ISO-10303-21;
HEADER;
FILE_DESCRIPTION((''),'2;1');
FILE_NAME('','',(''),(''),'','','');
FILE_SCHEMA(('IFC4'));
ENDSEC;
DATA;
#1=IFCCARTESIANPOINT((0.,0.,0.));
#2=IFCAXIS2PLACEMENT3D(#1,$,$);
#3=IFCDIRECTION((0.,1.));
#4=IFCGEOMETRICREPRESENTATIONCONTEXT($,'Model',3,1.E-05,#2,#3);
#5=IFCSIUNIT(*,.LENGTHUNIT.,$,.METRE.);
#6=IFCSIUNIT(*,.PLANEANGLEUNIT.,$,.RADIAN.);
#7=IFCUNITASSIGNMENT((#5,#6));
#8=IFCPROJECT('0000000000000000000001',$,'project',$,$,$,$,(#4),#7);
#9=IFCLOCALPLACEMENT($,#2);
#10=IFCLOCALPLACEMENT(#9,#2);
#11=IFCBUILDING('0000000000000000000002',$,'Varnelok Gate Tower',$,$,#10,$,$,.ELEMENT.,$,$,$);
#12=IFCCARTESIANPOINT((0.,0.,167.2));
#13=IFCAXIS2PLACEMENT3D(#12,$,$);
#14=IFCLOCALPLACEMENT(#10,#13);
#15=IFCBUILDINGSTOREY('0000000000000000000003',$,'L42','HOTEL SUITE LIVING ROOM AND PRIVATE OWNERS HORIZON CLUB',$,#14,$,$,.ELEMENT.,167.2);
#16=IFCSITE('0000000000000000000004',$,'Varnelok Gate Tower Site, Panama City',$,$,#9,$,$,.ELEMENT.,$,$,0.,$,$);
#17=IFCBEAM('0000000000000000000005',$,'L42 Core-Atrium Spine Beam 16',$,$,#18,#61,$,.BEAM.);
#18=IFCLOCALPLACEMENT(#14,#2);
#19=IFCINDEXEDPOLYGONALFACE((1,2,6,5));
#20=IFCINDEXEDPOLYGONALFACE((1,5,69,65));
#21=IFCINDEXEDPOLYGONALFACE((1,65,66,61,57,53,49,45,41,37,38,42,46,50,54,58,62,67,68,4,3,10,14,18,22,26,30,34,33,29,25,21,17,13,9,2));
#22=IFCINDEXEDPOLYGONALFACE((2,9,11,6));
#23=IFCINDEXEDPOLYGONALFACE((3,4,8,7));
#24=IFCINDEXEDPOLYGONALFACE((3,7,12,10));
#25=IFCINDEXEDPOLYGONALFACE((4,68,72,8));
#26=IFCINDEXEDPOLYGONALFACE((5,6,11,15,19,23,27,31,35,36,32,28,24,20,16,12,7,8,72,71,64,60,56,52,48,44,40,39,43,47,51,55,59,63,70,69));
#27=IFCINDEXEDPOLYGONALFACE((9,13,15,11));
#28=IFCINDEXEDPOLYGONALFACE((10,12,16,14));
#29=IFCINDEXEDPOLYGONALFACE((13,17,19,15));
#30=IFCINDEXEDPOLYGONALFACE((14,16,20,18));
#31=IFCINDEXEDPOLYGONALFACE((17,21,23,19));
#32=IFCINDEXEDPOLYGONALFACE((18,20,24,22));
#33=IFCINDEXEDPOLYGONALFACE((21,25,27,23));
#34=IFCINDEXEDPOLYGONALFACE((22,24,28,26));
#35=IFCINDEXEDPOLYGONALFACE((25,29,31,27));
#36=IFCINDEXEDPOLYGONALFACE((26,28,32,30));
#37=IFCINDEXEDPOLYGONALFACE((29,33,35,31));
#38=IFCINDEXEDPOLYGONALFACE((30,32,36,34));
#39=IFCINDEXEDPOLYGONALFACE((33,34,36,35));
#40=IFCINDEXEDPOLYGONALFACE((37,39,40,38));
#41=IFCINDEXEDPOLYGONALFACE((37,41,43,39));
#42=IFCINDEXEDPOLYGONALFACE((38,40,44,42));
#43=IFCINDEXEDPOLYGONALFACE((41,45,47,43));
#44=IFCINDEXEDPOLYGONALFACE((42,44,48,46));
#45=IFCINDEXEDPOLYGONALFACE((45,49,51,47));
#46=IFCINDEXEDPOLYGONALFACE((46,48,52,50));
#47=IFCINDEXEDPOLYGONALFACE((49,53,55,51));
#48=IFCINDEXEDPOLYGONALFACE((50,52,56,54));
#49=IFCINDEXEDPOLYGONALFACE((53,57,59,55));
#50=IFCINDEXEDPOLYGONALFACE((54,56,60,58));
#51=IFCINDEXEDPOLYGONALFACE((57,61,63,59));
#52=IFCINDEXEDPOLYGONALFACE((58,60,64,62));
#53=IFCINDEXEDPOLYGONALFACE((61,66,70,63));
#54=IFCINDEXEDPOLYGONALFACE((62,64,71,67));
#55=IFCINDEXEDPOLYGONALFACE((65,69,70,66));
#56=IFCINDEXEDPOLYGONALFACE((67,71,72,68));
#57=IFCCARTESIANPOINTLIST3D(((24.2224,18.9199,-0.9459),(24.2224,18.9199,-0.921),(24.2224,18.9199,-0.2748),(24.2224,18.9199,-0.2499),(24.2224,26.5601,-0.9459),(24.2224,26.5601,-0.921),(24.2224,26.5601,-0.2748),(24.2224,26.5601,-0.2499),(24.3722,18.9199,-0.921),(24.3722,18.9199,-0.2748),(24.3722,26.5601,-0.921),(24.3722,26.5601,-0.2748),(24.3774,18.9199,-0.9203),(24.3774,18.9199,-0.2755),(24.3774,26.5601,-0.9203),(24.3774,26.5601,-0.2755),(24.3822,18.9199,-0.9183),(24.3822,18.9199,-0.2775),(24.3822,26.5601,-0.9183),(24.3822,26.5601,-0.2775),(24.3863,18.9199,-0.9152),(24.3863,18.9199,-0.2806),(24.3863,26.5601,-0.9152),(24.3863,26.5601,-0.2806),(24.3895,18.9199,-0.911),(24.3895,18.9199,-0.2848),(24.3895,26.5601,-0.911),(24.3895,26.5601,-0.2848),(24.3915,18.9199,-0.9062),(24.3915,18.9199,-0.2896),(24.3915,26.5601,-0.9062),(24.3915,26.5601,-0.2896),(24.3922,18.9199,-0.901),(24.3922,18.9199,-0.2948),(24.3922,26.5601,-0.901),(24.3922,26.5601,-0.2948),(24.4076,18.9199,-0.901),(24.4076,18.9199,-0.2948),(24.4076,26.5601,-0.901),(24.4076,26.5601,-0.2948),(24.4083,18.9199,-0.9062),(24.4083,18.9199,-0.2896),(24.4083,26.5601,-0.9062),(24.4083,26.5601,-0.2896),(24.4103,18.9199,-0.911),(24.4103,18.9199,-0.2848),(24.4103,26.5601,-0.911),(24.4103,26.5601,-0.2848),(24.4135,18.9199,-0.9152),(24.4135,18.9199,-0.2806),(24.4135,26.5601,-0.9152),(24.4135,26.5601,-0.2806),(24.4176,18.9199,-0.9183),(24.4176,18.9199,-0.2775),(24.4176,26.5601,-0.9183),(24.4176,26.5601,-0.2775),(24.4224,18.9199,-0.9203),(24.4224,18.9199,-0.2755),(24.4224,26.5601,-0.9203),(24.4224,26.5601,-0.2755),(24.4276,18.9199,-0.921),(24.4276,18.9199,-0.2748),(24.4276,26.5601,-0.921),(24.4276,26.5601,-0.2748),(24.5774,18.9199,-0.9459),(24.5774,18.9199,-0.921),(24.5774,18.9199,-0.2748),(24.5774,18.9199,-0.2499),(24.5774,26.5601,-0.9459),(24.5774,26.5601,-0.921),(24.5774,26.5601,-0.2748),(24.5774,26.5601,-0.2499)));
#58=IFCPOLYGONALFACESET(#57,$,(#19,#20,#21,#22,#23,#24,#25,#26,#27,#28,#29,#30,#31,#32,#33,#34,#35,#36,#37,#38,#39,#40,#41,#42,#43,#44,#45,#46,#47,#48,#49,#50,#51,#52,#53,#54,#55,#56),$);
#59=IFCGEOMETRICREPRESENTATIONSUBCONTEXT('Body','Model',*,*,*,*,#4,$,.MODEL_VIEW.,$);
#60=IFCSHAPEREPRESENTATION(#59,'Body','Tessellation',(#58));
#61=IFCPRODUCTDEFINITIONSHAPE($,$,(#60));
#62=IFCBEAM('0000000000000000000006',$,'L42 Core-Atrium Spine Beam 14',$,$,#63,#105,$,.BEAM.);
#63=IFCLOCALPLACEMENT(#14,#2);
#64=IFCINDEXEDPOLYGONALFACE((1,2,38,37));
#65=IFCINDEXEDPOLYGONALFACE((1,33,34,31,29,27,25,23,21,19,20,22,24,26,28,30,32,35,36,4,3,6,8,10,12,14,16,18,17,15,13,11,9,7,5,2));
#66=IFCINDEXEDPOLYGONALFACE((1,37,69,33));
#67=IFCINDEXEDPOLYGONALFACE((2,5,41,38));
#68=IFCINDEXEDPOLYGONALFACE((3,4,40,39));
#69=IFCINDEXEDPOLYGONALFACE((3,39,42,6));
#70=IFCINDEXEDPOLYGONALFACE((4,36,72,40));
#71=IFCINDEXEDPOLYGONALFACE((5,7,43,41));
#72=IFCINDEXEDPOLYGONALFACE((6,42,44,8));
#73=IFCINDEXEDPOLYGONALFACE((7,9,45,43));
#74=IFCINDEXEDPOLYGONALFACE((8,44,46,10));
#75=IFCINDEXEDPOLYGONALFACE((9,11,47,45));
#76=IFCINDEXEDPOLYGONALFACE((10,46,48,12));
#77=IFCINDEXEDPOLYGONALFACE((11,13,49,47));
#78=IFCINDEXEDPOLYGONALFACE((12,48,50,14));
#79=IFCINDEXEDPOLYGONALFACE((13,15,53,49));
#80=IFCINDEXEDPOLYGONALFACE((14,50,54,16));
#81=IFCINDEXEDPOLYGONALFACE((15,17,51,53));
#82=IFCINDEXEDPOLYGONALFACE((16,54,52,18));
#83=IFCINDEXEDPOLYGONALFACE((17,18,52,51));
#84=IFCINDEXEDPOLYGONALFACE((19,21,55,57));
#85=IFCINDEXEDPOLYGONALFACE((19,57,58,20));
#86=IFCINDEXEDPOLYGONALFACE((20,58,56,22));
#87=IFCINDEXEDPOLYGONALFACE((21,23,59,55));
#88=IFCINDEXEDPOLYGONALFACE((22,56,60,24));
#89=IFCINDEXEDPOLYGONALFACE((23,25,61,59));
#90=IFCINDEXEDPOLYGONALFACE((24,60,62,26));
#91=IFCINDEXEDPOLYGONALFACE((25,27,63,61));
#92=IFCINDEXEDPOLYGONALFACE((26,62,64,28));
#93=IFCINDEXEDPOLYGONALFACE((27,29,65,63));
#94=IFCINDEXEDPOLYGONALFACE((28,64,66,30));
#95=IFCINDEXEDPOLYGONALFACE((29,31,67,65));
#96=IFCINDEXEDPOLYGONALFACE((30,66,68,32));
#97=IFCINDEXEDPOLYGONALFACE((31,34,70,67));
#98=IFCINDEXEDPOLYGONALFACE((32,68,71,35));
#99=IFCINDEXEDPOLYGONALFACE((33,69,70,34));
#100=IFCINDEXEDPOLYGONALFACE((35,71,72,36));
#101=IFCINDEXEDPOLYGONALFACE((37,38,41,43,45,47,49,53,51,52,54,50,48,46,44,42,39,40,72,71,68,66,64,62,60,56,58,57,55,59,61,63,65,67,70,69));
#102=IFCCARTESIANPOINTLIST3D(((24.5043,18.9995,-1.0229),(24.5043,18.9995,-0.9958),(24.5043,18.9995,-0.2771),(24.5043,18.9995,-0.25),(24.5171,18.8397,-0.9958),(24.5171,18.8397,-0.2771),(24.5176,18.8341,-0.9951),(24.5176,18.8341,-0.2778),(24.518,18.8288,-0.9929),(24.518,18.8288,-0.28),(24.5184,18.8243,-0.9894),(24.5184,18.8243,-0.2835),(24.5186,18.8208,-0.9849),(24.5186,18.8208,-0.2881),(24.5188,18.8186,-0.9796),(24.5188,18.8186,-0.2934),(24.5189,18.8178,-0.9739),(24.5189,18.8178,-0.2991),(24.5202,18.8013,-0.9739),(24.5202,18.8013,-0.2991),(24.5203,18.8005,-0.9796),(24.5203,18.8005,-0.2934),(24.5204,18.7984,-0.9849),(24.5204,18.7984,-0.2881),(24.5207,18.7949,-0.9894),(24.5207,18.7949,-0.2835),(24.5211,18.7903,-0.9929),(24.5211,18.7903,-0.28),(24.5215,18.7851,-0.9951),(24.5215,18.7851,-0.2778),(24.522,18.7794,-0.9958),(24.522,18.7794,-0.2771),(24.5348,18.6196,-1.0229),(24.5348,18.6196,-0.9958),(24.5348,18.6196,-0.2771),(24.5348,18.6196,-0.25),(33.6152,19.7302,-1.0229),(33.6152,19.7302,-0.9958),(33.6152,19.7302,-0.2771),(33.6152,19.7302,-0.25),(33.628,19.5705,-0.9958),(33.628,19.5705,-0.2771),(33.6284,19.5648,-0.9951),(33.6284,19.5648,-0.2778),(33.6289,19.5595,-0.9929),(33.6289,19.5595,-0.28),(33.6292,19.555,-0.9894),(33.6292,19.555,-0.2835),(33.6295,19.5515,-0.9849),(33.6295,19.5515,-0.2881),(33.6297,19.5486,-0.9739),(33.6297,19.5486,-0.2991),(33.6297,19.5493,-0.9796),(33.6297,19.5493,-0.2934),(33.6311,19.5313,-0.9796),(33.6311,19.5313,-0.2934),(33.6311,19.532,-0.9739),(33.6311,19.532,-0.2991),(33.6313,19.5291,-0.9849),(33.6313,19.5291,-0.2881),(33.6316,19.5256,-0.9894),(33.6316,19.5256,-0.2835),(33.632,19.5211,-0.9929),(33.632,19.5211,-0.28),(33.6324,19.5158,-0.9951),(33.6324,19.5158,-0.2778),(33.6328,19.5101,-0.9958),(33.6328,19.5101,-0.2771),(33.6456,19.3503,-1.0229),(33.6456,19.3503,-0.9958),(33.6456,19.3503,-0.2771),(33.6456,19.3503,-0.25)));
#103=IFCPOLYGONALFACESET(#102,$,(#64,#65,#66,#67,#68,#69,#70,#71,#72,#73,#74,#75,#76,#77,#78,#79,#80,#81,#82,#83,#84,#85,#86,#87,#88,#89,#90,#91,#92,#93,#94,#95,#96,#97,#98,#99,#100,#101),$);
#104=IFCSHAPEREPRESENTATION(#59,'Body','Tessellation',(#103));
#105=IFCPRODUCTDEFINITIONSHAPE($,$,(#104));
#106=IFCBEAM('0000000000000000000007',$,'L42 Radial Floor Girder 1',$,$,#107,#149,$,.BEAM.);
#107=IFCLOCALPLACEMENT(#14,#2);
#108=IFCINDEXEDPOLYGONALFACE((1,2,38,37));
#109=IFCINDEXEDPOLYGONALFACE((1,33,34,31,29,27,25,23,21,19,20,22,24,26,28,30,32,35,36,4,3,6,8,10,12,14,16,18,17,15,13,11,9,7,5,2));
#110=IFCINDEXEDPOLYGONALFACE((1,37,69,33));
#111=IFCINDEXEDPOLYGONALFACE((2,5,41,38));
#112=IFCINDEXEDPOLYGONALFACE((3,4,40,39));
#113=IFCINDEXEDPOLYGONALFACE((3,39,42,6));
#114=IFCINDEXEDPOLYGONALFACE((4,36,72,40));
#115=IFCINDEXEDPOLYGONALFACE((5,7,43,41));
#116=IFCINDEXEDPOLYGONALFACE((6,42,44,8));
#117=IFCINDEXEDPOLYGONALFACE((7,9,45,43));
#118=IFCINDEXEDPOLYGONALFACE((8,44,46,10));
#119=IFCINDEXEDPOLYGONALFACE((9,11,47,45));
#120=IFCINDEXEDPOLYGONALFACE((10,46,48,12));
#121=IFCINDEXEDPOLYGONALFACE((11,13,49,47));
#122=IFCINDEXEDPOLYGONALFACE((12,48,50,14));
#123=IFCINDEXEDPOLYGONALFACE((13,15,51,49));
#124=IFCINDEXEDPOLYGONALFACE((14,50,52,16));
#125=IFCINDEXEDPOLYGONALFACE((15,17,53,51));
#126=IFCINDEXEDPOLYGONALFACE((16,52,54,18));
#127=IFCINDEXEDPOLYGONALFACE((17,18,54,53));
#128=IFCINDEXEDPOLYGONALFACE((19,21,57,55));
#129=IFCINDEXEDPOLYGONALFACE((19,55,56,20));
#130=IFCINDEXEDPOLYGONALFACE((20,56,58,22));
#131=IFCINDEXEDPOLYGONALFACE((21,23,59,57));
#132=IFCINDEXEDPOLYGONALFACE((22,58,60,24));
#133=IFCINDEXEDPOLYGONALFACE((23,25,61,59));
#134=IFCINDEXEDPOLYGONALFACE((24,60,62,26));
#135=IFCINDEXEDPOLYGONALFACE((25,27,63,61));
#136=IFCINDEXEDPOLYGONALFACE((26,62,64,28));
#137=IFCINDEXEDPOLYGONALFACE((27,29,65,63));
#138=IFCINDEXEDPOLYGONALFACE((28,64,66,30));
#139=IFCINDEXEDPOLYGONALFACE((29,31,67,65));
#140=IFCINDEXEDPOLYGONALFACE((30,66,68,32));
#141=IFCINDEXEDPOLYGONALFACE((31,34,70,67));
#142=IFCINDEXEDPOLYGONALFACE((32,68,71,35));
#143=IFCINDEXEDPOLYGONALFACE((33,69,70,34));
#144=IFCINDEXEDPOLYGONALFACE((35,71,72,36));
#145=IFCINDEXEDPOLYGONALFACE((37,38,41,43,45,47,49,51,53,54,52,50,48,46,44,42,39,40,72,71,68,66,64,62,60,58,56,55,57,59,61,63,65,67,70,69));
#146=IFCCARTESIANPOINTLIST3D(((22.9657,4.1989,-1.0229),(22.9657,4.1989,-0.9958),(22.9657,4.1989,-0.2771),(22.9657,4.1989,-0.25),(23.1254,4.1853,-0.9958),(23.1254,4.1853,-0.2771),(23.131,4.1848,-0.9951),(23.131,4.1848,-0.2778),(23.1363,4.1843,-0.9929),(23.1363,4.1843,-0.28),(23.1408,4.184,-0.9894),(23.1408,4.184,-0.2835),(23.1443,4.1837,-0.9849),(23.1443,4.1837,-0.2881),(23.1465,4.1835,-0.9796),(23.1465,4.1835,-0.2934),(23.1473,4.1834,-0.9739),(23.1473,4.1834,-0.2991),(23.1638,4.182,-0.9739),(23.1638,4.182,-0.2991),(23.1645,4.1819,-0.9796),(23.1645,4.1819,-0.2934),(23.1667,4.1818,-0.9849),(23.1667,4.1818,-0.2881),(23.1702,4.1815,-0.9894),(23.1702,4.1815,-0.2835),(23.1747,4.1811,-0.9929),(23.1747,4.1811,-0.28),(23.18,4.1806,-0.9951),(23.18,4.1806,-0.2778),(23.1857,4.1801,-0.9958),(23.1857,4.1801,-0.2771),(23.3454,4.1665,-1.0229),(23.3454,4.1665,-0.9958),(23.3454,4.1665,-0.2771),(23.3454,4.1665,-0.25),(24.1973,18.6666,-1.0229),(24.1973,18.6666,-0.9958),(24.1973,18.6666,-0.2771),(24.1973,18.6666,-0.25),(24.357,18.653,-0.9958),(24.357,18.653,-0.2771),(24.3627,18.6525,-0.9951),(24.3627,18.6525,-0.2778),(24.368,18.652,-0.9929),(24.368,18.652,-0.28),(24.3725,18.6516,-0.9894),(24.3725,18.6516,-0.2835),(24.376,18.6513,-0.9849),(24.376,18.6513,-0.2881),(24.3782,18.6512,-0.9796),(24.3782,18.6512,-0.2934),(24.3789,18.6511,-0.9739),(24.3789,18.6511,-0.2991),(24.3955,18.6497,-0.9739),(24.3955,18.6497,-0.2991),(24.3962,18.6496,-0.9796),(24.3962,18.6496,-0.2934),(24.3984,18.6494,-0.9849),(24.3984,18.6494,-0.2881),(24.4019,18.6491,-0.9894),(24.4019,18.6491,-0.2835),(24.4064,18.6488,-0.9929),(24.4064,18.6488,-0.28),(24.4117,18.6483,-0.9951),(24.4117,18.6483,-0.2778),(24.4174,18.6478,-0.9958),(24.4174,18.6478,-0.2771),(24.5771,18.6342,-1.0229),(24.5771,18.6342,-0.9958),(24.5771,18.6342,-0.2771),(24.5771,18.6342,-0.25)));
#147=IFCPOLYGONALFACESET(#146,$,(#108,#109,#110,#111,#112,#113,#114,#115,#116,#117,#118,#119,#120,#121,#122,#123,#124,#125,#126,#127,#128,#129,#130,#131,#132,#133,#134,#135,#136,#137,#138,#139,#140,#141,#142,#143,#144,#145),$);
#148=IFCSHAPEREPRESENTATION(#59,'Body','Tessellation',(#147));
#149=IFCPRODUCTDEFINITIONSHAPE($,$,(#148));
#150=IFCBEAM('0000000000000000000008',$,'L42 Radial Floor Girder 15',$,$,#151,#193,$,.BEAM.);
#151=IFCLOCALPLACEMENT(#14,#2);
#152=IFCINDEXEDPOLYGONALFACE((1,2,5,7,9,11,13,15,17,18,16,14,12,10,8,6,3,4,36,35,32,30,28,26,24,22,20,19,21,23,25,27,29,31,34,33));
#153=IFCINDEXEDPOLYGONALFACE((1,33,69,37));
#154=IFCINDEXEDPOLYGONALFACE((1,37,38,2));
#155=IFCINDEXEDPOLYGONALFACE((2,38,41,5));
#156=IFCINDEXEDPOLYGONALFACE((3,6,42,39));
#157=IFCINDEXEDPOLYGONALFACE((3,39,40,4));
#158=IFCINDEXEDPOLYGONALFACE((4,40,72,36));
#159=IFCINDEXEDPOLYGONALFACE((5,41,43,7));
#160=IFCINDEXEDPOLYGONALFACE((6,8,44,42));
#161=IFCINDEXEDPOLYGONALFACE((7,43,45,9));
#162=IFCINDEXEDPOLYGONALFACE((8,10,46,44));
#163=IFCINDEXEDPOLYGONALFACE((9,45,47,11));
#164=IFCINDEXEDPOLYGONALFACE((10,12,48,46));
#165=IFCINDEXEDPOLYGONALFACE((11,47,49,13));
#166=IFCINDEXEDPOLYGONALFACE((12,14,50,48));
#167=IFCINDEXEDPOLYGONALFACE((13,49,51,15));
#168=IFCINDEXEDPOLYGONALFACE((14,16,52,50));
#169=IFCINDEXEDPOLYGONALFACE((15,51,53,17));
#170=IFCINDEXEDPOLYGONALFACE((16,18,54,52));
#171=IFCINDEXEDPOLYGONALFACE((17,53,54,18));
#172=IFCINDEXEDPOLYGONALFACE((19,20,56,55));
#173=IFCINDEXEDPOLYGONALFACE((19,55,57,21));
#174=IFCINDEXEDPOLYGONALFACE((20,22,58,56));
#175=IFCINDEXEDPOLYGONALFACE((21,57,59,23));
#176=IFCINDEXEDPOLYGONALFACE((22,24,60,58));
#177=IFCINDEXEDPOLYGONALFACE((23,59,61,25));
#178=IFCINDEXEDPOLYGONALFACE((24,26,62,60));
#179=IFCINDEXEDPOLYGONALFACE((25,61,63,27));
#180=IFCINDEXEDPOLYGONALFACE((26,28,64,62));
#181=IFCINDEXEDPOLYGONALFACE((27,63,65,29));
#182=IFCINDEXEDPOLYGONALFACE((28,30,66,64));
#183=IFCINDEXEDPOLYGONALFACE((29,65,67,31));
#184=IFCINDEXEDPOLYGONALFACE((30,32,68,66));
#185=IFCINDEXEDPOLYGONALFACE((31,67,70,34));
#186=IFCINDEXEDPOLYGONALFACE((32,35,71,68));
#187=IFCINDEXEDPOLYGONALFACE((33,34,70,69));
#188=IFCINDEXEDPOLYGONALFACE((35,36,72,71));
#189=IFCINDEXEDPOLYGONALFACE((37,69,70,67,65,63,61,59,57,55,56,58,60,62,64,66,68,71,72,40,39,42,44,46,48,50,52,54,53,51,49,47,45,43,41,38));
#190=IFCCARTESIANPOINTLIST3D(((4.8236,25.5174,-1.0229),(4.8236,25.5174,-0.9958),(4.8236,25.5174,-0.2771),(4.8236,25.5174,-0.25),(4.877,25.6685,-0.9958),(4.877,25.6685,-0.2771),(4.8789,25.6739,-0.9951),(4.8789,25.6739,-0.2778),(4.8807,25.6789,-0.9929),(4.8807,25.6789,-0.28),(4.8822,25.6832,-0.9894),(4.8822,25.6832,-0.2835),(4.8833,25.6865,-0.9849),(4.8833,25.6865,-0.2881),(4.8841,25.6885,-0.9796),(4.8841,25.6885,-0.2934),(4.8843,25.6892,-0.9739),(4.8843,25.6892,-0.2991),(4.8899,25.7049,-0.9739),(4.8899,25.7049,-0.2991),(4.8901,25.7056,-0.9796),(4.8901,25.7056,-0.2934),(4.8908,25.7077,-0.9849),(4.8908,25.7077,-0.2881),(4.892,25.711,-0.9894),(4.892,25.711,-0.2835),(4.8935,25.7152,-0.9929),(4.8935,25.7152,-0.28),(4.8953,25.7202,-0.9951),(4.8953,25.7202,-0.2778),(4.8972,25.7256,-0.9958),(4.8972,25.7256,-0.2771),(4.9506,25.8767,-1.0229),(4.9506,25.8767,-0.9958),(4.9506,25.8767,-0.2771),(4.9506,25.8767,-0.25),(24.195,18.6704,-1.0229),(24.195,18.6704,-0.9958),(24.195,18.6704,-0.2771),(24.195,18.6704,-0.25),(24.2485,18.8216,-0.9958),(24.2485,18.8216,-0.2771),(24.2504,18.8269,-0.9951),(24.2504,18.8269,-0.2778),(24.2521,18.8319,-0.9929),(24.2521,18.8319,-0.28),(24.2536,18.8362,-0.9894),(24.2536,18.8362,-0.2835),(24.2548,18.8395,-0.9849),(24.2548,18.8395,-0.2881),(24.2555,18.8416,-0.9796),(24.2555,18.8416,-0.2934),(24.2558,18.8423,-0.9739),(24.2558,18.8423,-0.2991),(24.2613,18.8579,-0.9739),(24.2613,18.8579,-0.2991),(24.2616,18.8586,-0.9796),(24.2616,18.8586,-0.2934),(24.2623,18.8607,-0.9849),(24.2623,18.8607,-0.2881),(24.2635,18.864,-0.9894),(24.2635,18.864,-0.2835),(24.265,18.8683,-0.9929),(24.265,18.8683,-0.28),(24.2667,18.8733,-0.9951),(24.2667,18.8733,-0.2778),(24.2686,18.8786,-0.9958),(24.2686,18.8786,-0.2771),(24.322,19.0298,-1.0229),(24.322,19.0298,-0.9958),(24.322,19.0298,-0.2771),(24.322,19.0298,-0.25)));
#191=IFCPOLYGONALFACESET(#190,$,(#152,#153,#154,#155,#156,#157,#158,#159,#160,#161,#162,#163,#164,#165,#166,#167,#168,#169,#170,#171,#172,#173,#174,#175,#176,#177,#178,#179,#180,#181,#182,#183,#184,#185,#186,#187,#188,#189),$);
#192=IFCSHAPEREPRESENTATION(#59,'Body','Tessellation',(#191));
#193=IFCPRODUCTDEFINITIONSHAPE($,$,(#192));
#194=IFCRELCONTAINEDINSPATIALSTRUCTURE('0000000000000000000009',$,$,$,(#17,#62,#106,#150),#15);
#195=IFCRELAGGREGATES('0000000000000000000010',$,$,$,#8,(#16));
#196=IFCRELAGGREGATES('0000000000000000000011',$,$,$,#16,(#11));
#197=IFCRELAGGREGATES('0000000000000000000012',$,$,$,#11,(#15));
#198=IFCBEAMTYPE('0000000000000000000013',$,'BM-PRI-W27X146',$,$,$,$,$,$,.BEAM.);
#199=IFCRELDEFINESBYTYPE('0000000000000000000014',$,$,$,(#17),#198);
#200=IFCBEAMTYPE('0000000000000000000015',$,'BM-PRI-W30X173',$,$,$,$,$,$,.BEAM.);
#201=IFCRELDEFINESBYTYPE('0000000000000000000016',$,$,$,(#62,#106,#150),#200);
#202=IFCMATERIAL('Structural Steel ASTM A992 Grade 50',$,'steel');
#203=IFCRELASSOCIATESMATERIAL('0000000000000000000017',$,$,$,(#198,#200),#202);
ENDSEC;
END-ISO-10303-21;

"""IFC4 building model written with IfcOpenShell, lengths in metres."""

from ifc_helpers import new_model, si_unit, direction, frame, origin, origin_2d, place, context, subcontext, project, spatial, i_section, extrude, material, material_profile, profile_set, type_object, element, save


model = new_model("IFC4")

# Units and contexts
model_context = context("Model", 3, precision=1e-05, world=origin(), true_north=direction((0.0, 1.0)))
body_context = subcontext(model_context, "Body", "Model", "MODEL_VIEW")
ifc_project = project(units=[si_unit("LENGTHUNIT", "METRE"), si_unit("PLANEANGLEUNIT", "RADIAN")], contexts=[model_context])

# Site, building, storey
site_placement = place(None, origin())
site = spatial("IfcSite", under=ifc_project, at=site_placement, Name="Varnelok Gate Tower Site, Panama City", CompositionType="ELEMENT", RefElevation=0.0)
building_placement = place(site_placement, origin())
building = spatial("IfcBuilding", under=site, at=building_placement, Name="Varnelok Gate Tower", CompositionType="ELEMENT")
storey_placement = place(building_placement, frame((0.0, 0.0, 167.2)))
storey = spatial("IfcBuildingStorey", under=building, at=storey_placement, Name="L42", Description="HOTEL SUITE LIVING ROOM AND PRIVATE OWNERS HORIZON CLUB", CompositionType="ELEMENT", Elevation=167.2)

# Shared definitions
ifc_material_1 = material(Name="Structural Steel ASTM A992 Grade 50", Category="steel")

# Beams
ifc_material_profile_1 = material_profile(ifc_material_1, i_section(OverallWidth=0.355, OverallDepth=0.696, WebThickness=0.0154, FlangeThickness=0.0249, FilletRadius=0.02, at=origin_2d()), Name="W27X146")
ifc_profile_set_1 = profile_set([ifc_material_profile_1], Name="Structural Steel ASTM A992 Grade 50")
beam_type_1 = type_object("IfcBeamType", Name="BM-PRI-W27X146", PredefinedType="BEAM", material=ifc_profile_set_1)
beam_1_placement = place(storey_placement, frame((24.3999, 18.9199, -0.5979), z_axis=(0.0, 1.0, 0.0), x_axis=(-1.0, 0.0, 0.0)))
element("IfcBeam", 1, at=beam_1_placement, inside=storey, type_object=beam_type_1, Name="L42 Core-Atrium Spine Beam 16", PredefinedType="BEAM", context=body_context, shape_type="SweptSolid", body=[
    extrude(i_section(OverallWidth=0.355, OverallDepth=0.696, WebThickness=0.0154, FlangeThickness=0.0249, FilletRadius=0.02, at=origin_2d()), origin(), (0.0, 0.0, 1.0), 7.6401),
])
ifc_material_profile_2 = material_profile(ifc_material_1, i_section(OverallWidth=0.3811, OverallDepth=0.7729, WebThickness=0.0166, FlangeThickness=0.0271, FilletRadius=0.022, at=origin_2d()), Name="W30X173")
ifc_profile_set_2 = profile_set([ifc_material_profile_2], Name="Structural Steel ASTM A992 Grade 50")
beam_type_2 = type_object("IfcBeamType", Name="BM-PRI-W30X173", PredefinedType="BEAM", material=ifc_profile_set_2)
beam_2_placement = place(storey_placement, frame((24.5195, 18.8096, -0.6365), z_axis=(0.996799, 0.079946, 0.0), x_axis=(-0.079946, 0.996799, 0.0)))
element("IfcBeam", 2, at=beam_2_placement, inside=storey, type_object=beam_type_2, Name="L42 Core-Atrium Spine Beam 14", PredefinedType="BEAM", context=body_context, shape_type="SweptSolid", body=[
    extrude(i_section(OverallWidth=0.3811, OverallDepth=0.7729, WebThickness=0.0166, FlangeThickness=0.0271, FilletRadius=0.022, at=origin_2d()), origin(), (0.0, 0.0, 1.0), 9.1401),
])
beam_3_placement = place(storey_placement, frame((24.3872, 18.6504, -0.6365), z_axis=(-0.084826, -0.996396, 0.0), x_axis=(0.996396, -0.084826, 0.0)))
element("IfcBeam", 3, at=beam_3_placement, inside=storey, type_object=beam_type_2, Name="L42 Radial Floor Girder 1", PredefinedType="BEAM", context=body_context, shape_type="SweptSolid", body=[
    extrude(i_section(OverallWidth=0.3811, OverallDepth=0.7729, WebThickness=0.0166, FlangeThickness=0.0271, FilletRadius=0.022, at=origin_2d()), origin(), (0.0, 0.0, 1.0), 14.52),
])
beam_4_placement = place(storey_placement, frame((24.2585, 18.8501, -0.6365), z_axis=(-0.942838, 0.333252, 0.0), x_axis=(-0.333252, -0.942838, 0.0)))
element("IfcBeam", 4, at=beam_4_placement, inside=storey, type_object=beam_type_2, Name="L42 Radial Floor Girder 15", PredefinedType="BEAM", context=body_context, shape_type="SweptSolid", body=[
    extrude(i_section(OverallWidth=0.3811, OverallDepth=0.7729, WebThickness=0.0166, FlangeThickness=0.0271, FilletRadius=0.022, at=origin_2d()), origin(), (0.0, 0.0, 1.0), 20.5459),
])

save(model, "model.ifc")
